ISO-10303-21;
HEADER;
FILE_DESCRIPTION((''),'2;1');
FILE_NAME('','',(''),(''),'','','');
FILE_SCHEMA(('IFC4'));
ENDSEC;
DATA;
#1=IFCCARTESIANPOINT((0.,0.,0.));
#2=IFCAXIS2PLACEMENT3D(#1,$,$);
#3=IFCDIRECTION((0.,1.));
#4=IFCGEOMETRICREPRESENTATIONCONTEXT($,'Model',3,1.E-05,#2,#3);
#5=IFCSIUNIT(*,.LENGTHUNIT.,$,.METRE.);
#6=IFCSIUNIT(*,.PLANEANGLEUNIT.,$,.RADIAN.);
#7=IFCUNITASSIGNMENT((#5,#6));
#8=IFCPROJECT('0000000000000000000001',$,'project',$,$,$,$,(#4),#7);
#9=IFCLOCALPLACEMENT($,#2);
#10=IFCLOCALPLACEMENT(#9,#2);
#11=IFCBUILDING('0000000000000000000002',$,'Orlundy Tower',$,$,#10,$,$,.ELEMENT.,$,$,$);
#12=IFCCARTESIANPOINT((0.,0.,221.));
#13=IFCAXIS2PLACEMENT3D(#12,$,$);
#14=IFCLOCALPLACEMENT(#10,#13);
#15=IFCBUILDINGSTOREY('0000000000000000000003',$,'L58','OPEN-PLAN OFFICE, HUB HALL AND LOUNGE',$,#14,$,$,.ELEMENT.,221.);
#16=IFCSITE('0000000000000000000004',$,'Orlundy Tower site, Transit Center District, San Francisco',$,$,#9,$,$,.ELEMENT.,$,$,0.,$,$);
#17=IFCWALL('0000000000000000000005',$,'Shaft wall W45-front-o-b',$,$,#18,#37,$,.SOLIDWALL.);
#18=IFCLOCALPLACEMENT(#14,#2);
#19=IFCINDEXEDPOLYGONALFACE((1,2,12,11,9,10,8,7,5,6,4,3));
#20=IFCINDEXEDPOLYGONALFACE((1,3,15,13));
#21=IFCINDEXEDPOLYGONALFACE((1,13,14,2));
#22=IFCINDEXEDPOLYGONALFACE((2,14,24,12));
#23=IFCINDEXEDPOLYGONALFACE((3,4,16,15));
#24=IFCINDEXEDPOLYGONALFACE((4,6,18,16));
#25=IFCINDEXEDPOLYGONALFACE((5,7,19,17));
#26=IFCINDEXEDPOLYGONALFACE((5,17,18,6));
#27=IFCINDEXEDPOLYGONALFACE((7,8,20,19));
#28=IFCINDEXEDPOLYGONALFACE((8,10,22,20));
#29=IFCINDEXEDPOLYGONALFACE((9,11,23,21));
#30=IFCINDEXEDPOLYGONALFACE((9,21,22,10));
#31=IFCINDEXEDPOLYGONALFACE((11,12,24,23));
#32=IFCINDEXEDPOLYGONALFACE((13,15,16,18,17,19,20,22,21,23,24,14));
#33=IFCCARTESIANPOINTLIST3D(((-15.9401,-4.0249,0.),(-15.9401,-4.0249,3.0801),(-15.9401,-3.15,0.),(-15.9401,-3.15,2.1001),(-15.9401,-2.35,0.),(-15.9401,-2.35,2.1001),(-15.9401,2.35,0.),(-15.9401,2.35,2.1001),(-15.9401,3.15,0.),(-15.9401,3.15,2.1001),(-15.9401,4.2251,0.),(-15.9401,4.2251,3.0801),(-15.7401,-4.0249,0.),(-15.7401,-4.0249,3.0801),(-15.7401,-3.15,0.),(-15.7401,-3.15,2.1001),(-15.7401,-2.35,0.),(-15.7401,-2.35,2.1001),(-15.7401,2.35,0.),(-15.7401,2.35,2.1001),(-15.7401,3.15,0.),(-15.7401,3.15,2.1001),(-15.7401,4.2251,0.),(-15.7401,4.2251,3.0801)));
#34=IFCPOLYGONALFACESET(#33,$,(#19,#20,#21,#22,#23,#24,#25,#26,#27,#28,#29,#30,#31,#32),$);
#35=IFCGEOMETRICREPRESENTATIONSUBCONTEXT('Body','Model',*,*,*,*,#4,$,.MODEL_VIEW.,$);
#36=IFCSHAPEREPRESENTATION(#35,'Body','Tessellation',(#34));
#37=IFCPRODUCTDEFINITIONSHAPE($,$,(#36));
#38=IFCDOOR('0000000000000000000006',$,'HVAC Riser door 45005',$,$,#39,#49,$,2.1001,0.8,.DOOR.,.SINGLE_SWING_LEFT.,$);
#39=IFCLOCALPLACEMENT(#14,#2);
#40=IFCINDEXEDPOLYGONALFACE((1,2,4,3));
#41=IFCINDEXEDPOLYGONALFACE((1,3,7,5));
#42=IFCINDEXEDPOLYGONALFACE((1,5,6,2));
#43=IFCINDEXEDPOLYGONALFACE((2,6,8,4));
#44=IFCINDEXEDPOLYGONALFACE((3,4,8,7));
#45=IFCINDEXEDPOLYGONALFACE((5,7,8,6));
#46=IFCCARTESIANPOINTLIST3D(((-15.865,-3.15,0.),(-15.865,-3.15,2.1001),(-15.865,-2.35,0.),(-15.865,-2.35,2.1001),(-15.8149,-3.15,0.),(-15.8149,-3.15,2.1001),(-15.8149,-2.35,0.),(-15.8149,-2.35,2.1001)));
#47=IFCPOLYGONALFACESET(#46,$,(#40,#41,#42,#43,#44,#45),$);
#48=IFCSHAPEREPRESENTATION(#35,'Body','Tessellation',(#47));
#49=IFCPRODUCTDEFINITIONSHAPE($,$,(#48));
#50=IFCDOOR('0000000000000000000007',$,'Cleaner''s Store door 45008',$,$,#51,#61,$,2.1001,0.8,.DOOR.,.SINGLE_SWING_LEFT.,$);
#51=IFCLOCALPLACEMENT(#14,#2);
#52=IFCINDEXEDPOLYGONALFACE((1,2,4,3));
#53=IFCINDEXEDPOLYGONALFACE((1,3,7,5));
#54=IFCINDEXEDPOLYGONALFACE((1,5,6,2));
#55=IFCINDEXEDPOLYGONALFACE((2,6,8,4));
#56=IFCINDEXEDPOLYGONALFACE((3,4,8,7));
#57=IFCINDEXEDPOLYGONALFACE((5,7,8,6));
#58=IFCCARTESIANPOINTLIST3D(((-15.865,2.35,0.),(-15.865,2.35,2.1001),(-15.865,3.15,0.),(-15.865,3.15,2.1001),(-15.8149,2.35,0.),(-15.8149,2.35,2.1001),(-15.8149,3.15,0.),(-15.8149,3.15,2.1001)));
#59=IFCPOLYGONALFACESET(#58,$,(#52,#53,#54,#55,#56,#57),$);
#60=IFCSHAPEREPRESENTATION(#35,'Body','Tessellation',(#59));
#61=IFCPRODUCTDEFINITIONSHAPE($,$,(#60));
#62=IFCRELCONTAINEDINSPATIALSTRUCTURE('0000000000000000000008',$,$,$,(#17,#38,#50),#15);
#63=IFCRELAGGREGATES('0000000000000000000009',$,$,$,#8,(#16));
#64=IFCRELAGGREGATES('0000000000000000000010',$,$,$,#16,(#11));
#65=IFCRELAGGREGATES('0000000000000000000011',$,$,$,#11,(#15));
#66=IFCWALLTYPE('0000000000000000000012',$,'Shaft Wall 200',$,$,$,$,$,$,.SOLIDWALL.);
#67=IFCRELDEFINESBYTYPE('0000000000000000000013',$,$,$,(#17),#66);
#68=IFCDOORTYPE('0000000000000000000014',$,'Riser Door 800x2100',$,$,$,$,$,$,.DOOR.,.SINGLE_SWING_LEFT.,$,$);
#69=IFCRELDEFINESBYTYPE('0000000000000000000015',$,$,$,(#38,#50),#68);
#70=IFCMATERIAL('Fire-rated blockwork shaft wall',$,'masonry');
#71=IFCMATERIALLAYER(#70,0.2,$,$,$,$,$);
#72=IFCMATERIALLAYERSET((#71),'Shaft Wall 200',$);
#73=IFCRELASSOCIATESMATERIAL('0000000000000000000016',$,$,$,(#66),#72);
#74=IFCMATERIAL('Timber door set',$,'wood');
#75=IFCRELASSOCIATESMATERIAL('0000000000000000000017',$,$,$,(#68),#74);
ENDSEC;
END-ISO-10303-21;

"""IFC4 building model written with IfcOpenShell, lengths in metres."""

from ifc_helpers import new_model, si_unit, direction, frame, frame_2d, origin, place, context, subcontext, project, spatial, rectangle, extrude, material, layer, layer_set, type_object, element, fill, save


model = new_model("IFC4")

# Units and contexts
model_context = context("Model", 3, precision=1e-05, world=origin(), true_north=direction((0.0, 1.0)))
body_context = subcontext(model_context, "Body", "Model", "MODEL_VIEW")
ifc_project = project(units=[si_unit("LENGTHUNIT", "METRE"), si_unit("PLANEANGLEUNIT", "RADIAN")], contexts=[model_context])

# Site, building, storey
site_placement = place(None, origin())
site = spatial("IfcSite", under=ifc_project, at=site_placement, Name="Orlundy Tower site, Transit Center District, San Francisco", CompositionType="ELEMENT", RefElevation=0.0)
building_placement = place(site_placement, origin())
building = spatial("IfcBuilding", under=site, at=building_placement, Name="Orlundy Tower", CompositionType="ELEMENT")
storey_placement = place(building_placement, frame((0.0, 0.0, 221.0)))
storey = spatial("IfcBuildingStorey", under=building, at=storey_placement, Name="L58", Description="OPEN-PLAN OFFICE, HUB HALL AND LOUNGE", CompositionType="ELEMENT", Elevation=221.0)

# Shared definitions
ifc_material_1 = material(Name="Fire-rated blockwork shaft wall", Category="masonry")
ifc_layer_1 = layer(ifc_material_1, 0.2)
ifc_layer_set_1 = layer_set([ifc_layer_1], Name="Shaft Wall 200")
wall_type_1 = type_object("IfcWallType", Name="Shaft Wall 200", PredefinedType="SOLIDWALL", material=ifc_layer_set_1)

# Wall, openings, doors
wall_1_placement = place(storey_placement, frame((-15.8401, -4.0249, 0.0), z_axis=(0.0, 0.0, 1.0), x_axis=(0.0, 1.0, 0.0)))
wall_1 = element("IfcWall", 1, at=wall_1_placement, inside=storey, type_object=wall_type_1, Name="Shaft wall W45-front-o-b", PredefinedType="SOLIDWALL", context=body_context, shape_type="SweptSolid", body=[
    extrude(rectangle(XDim=8.25, YDim=0.2, at=frame_2d((4.125, 0.0))), origin(), (0.0, 0.0, 1.0), 3.0801),
])
opening_1_placement = place(wall_1_placement, frame((0.875, 0.0, 0.0)))
opening_1 = element("IfcOpeningElement", 2, at=opening_1_placement, cuts=wall_1, PredefinedType="OPENING", context=body_context, shape_type="SweptSolid", body=[
    extrude(rectangle(XDim=0.8, YDim=2.1001, at=frame_2d((0.3999, 1.05))), frame((0.0, 0.1101, 0.0), z_axis=(0.0, -1.0, 0.0), x_axis=(1.0, 0.0, 0.0)), (0.0, 0.0, 1.0), 0.2202),
])
opening_2_placement = place(wall_1_placement, frame((6.375, 0.0, 0.0)))
opening_2 = element("IfcOpeningElement", 3, at=opening_2_placement, cuts=wall_1, PredefinedType="OPENING", context=body_context, shape_type="SweptSolid", body=[
    extrude(rectangle(XDim=0.8, YDim=2.1001, at=frame_2d((0.3999, 1.05))), frame((0.0, 0.1101, 0.0), z_axis=(0.0, -1.0, 0.0), x_axis=(1.0, 0.0, 0.0)), (0.0, 0.0, 1.0), 0.2202),
])
ifc_material_2 = material(Name="Timber door set", Category="wood")
door_type_1 = type_object("IfcDoorType", Name="Riser Door 800x2100", OperationType="SINGLE_SWING_LEFT", PredefinedType="DOOR", material=ifc_material_2)
door_1_placement = place(opening_1_placement, origin())
door_1 = element("IfcDoor", 4, at=door_1_placement, inside=storey, type_object=door_type_1, Name="HVAC Riser door 45005", OperationType="SINGLE_SWING_LEFT", OverallHeight=2.1001, OverallWidth=0.8, PredefinedType="DOOR", context=body_context, shape_type="SweptSolid", body=[
    extrude(rectangle(XDim=0.8, YDim=2.1001, at=frame_2d((0.3999, 1.05))), frame((0.0, 0.0249, 0.0), z_axis=(0.0, -1.0, 0.0), x_axis=(1.0, 0.0, 0.0)), (0.0, 0.0, 1.0), 0.05),
])
fill(opening_1, door_1)
door_2_placement = place(opening_2_placement, origin())
door_2 = element("IfcDoor", 5, at=door_2_placement, inside=storey, type_object=door_type_1, Name="Cleaner's Store door 45008", OperationType="SINGLE_SWING_LEFT", OverallHeight=2.1001, OverallWidth=0.8, PredefinedType="DOOR", context=body_context, shape_type="SweptSolid", body=[
    extrude(rectangle(XDim=0.8, YDim=2.1001, at=frame_2d((0.3999, 1.05))), frame((0.0, 0.0249, 0.0), z_axis=(0.0, -1.0, 0.0), x_axis=(1.0, 0.0, 0.0)), (0.0, 0.0, 1.0), 0.05),
])
fill(opening_2, door_2)

save(model, "model.ifc")
